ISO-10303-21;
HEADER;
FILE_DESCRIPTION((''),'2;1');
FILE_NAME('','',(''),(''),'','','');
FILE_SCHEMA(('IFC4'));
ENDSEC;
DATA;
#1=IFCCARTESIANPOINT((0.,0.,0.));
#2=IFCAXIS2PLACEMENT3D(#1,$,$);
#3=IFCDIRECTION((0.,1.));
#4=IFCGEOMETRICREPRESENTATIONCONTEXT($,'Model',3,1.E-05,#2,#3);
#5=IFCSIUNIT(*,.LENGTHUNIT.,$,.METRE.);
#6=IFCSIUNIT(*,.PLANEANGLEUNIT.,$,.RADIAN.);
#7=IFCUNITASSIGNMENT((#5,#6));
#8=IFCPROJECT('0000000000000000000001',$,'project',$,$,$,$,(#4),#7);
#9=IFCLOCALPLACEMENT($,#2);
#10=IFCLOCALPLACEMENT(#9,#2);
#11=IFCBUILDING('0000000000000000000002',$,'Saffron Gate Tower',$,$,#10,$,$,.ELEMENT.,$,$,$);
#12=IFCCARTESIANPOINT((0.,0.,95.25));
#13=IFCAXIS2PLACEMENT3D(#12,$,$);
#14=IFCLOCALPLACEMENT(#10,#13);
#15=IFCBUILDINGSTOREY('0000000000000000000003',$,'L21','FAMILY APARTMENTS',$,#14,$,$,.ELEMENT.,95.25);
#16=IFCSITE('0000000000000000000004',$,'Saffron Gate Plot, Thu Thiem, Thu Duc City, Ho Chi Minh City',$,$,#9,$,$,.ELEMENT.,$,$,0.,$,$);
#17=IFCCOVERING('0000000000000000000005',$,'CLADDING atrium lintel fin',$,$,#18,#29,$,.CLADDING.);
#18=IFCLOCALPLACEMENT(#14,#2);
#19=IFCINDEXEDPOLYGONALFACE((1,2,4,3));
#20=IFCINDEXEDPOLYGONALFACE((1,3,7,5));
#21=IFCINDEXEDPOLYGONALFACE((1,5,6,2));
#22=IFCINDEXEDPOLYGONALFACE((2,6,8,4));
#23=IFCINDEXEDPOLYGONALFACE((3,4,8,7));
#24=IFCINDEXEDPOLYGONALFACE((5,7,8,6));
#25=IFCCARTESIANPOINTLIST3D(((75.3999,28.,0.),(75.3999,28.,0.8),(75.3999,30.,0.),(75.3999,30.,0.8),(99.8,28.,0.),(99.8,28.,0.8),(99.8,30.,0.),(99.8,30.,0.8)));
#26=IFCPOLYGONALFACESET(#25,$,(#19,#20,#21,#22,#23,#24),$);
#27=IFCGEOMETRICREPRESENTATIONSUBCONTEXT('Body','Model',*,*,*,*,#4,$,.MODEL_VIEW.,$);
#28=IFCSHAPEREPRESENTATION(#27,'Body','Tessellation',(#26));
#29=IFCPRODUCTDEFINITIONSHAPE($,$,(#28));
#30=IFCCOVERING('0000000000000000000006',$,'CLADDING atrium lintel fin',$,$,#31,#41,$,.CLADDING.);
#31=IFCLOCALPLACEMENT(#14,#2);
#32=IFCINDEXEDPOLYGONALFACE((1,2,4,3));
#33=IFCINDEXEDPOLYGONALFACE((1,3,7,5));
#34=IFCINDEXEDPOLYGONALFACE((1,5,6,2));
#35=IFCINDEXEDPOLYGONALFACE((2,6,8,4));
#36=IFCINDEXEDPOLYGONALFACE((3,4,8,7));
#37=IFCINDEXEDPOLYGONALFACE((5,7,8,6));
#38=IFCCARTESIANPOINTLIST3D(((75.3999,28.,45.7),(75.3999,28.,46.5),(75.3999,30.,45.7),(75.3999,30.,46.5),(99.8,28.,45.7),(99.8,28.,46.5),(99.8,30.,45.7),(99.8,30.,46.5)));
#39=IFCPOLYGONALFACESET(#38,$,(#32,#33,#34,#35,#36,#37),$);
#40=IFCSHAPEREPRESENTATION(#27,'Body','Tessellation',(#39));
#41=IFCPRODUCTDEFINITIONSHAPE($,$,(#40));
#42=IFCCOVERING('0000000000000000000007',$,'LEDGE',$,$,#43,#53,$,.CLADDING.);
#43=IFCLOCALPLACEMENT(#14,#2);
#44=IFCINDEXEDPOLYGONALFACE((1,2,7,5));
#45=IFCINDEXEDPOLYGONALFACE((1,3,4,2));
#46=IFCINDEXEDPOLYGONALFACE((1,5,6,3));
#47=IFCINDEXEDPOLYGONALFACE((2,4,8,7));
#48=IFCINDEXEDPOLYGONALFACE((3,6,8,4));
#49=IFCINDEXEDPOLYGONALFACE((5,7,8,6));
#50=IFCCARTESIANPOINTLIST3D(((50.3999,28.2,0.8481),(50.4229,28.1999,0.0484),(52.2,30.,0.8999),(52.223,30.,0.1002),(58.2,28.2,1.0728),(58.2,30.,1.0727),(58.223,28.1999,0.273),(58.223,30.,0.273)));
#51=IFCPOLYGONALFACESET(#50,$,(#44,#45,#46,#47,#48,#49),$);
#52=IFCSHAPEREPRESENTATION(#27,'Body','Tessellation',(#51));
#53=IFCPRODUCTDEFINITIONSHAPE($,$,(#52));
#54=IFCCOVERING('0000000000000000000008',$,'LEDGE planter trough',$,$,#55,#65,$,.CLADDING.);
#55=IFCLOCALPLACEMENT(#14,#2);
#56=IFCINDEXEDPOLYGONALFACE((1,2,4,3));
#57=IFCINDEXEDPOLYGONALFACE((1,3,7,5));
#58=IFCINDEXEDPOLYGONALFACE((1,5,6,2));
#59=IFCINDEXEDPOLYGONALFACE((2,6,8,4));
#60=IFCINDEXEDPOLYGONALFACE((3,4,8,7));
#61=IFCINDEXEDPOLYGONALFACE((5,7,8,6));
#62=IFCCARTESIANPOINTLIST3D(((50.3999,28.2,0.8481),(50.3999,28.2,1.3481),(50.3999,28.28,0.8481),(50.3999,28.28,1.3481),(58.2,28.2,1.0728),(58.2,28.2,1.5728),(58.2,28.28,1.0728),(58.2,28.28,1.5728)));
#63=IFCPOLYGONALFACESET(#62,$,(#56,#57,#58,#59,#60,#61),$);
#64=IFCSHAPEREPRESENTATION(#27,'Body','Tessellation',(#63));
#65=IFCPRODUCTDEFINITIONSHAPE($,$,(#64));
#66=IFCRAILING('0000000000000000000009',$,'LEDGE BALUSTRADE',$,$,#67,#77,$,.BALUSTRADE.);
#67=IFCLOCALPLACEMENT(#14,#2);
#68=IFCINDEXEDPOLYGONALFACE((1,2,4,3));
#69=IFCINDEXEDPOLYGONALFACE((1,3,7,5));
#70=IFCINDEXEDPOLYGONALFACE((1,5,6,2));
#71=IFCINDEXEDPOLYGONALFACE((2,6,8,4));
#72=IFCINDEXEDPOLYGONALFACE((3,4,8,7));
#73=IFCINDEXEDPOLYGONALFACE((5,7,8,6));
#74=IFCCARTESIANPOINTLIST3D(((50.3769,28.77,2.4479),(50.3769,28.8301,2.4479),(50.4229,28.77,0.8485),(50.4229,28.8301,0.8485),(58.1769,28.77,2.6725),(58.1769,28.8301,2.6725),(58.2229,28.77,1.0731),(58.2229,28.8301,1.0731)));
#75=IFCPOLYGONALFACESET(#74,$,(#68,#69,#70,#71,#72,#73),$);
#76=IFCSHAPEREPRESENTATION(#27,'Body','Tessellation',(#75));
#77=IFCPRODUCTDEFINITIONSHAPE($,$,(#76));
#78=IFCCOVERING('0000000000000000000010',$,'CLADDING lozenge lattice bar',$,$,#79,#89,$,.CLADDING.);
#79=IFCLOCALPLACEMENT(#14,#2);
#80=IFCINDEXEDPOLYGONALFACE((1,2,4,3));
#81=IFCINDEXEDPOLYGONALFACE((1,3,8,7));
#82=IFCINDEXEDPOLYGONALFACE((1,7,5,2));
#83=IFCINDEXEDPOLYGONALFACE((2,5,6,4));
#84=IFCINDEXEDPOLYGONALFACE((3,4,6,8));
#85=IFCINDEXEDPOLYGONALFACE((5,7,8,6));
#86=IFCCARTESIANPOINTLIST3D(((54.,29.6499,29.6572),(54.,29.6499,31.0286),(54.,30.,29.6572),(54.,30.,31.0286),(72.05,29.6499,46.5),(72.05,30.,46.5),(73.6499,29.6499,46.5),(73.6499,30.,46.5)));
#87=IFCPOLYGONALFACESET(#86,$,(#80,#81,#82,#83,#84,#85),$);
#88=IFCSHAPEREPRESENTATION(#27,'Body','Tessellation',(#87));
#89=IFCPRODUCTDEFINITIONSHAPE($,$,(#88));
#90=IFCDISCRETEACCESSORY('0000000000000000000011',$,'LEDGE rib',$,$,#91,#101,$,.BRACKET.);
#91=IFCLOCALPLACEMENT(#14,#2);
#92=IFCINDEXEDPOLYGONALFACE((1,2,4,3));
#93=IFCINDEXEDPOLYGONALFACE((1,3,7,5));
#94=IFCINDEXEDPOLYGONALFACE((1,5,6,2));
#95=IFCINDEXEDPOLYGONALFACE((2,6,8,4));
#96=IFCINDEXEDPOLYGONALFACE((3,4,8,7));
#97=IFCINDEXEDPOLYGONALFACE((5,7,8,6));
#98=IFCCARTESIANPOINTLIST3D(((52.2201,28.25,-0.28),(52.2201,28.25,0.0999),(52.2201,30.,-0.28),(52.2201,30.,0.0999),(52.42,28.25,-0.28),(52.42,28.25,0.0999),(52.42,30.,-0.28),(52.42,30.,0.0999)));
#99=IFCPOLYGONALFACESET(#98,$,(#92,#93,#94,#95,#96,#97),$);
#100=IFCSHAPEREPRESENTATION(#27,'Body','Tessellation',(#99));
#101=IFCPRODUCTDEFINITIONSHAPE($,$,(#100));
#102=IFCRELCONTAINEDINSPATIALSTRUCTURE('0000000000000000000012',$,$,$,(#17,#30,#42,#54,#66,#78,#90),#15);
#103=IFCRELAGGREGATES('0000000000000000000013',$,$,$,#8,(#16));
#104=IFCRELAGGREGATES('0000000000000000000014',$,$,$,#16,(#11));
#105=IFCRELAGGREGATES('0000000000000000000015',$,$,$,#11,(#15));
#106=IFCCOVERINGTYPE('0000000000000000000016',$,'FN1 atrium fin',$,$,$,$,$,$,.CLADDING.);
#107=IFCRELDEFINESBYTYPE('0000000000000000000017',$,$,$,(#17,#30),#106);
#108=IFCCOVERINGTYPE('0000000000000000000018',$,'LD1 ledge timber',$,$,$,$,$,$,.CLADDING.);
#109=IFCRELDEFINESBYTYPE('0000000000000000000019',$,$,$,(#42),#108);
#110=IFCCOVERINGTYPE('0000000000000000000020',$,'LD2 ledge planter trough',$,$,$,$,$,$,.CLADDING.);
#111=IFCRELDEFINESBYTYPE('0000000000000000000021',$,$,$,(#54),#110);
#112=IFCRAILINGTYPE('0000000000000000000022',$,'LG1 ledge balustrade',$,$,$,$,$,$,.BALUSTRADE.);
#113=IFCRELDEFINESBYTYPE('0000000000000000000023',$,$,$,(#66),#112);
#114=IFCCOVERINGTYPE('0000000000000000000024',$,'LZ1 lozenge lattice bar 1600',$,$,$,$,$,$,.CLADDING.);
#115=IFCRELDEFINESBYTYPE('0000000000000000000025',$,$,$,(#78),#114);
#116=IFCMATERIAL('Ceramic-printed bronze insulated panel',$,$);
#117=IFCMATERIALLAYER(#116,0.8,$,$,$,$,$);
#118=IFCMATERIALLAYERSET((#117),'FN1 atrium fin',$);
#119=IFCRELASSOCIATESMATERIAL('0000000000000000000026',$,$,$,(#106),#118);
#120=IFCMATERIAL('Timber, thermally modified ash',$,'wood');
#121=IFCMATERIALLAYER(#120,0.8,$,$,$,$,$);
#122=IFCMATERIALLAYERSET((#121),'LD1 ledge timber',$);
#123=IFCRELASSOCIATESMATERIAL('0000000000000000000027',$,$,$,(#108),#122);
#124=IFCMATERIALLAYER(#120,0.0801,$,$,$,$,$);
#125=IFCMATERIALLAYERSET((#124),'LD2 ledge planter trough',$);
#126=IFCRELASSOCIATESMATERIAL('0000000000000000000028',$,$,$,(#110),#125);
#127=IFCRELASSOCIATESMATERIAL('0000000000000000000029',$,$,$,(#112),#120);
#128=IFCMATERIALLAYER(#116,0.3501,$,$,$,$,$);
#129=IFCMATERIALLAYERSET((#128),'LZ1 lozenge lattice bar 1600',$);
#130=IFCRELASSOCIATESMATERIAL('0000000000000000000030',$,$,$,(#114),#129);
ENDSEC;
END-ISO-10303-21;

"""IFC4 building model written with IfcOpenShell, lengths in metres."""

from ifc_helpers import new_model, si_unit, direction, frame, origin, origin_2d, place, context, subcontext, project, spatial, polyline, rectangle, outline, extrude, material, layer, layer_set, type_object, element, save


model = new_model("IFC4")

# Units and contexts
model_context = context("Model", 3, precision=1e-05, world=origin(), true_north=direction((0.0, 1.0)))
body_context = subcontext(model_context, "Body", "Model", "MODEL_VIEW")
ifc_project = project(units=[si_unit("LENGTHUNIT", "METRE"), si_unit("PLANEANGLEUNIT", "RADIAN")], contexts=[model_context])

# Site, building, storey
site_placement = place(None, origin())
site = spatial("IfcSite", under=ifc_project, at=site_placement, Name="Saffron Gate Plot, Thu Thiem, Thu Duc City, Ho Chi Minh City", CompositionType="ELEMENT", RefElevation=0.0)
building_placement = place(site_placement, origin())
building = spatial("IfcBuilding", under=site, at=building_placement, Name="Saffron Gate Tower", CompositionType="ELEMENT")
storey_placement = place(building_placement, frame((0.0, 0.0, 95.25)))
storey = spatial("IfcBuildingStorey", under=building, at=storey_placement, Name="L21", Description="FAMILY APARTMENTS", CompositionType="ELEMENT", Elevation=95.25)

# Coverings
ifc_material_1 = material(Name="Ceramic-printed bronze insulated panel")
ifc_layer_1 = layer(ifc_material_1, 0.8)
ifc_layer_set_1 = layer_set([ifc_layer_1], Name="FN1 atrium fin")
covering_type_1 = type_object("IfcCoveringType", Name="FN1 atrium fin", PredefinedType="CLADDING", material=ifc_layer_set_1)
for number, where, name in (
    (1, (0.0, 0.0, 0.0), "CLADDING atrium lintel fin"),
    (2, (0.0, 0.0, 45.7), "CLADDING atrium lintel fin"),
):
    element("IfcCovering", number, at=place(storey_placement, frame(where)), inside=storey, type_object=covering_type_1, Name=name, PredefinedType="CLADDING", context=body_context, shape_type="SweptSolid", body=[
        extrude(outline(polyline([(75.3999, 30.0), (99.8, 30.0), (99.8, 28.0), (75.3999, 28.0), (75.3999, 30.0)])), origin(), (0.0, 0.0, 1.0), 0.8),
    ])
ifc_material_2 = material(Name="Timber, thermally modified ash", Category="wood")
ifc_layer_2 = layer(ifc_material_2, 0.8)
ifc_layer_set_2 = layer_set([ifc_layer_2], Name="LD1 ledge timber")
covering_type_2 = type_object("IfcCoveringType", Name="LD1 ledge timber", PredefinedType="CLADDING", material=ifc_layer_set_2)
covering_1_placement = place(storey_placement, frame((52.2, 30.0, 0.8999), z_axis=(-0.028789, 0.000024, 0.999585), x_axis=(0.999585, 0.0, 0.028789)))
element("IfcCovering", 3, at=covering_1_placement, inside=storey, type_object=covering_type_2, Name="LEDGE", PredefinedType="CLADDING", context=body_context, shape_type="SweptSolid", body=[
    extrude(outline(polyline([(0.0, 0.0), (6.0025, 0.0), (6.0025, -1.8), (-1.8008, -1.8), (0.0, 0.0)])), origin(), (0.0, 0.0, -1.0), 0.8),
])
ifc_layer_3 = layer(ifc_material_2, 0.0801)
ifc_layer_set_3 = layer_set([ifc_layer_3], Name="LD2 ledge planter trough")
covering_type_3 = type_object("IfcCoveringType", Name="LD2 ledge planter trough", PredefinedType="CLADDING", material=ifc_layer_set_3)
covering_2_placement = place(storey_placement, frame((50.3999, 28.2, 0.8481), z_axis=(0.0, -1.0, 0.0), x_axis=(0.999586, 0.0, 0.028784)))
element("IfcCovering", 4, at=covering_2_placement, inside=storey, type_object=covering_type_3, Name="LEDGE planter trough", PredefinedType="CLADDING", context=body_context, shape_type="SweptSolid", body=[
    extrude(outline(polyline([(0.0, 0.0), (7.8033, 0.0), (7.8177, 0.4998), (0.0144, 0.4998), (0.0, 0.0)])), origin(), (0.0, 0.0, -1.0), 0.0801),
])

# Railing
railing_type = type_object("IfcRailingType", Name="LG1 ledge balustrade", PredefinedType="BALUSTRADE", material=ifc_material_2)
railing_placement = place(storey_placement, frame((50.3999, 28.8, 0.8481)))
element("IfcRailing", 5, at=railing_placement, inside=storey, type_object=railing_type, Name="LEDGE BALUSTRADE", PredefinedType="BALUSTRADE", context=body_context, shape_type="SweptSolid", body=[
    extrude(rectangle(XDim=0.0601, YDim=1.6001, at=origin_2d()), frame((0.0, 0.0, 0.8), z_axis=(0.999586, 0.0, 0.028784), x_axis=(0.0, 1.0, 0.0)), (0.0, 0.0, 1.0), 7.8032),
])

# Covering
ifc_layer_4 = layer(ifc_material_1, 0.3501)
ifc_layer_set_4 = layer_set([ifc_layer_4], Name="LZ1 lozenge lattice bar 1600")
covering_type_4 = type_object("IfcCoveringType", Name="LZ1 lozenge lattice bar 1600", PredefinedType="CLADDING", material=ifc_layer_set_4)
covering_3_placement = place(storey_placement, frame((54.0, 29.6499, 29.6572), z_axis=(0.0, -1.0, 0.0), x_axis=(0.759257, 0.0, 0.650791)))
element("IfcCovering", 6, at=covering_3_placement, inside=storey, type_object=covering_type_4, Name="CLADDING lozenge lattice bar", PredefinedType="CLADDING", context=body_context, shape_type="SweptSolid", body=[
    extrude(outline(polyline([(0.0, 0.0), (25.8804, 0.0), (24.6658, 1.0412), (0.8925, 1.0412), (0.0, 0.0)])), origin(), (0.0, 0.0, -1.0), 0.3501),
])

# Discrete accessory
discrete_accessory_placement = place(storey_placement, frame((52.3201, 29.125, -0.28), z_axis=(0.0, 0.0, 1.0), x_axis=(1.0, 0.0, 0.0)))
element("IfcDiscreteAccessory", 7, at=discrete_accessory_placement, inside=storey, Name="LEDGE rib", PredefinedType="BRACKET", context=body_context, shape_type="SweptSolid", body=[
    extrude(rectangle(XDim=0.2, YDim=1.75, at=origin_2d()), origin(), (0.0, 0.0, 1.0), 0.3799),
])

save(model, "model.ifc")
